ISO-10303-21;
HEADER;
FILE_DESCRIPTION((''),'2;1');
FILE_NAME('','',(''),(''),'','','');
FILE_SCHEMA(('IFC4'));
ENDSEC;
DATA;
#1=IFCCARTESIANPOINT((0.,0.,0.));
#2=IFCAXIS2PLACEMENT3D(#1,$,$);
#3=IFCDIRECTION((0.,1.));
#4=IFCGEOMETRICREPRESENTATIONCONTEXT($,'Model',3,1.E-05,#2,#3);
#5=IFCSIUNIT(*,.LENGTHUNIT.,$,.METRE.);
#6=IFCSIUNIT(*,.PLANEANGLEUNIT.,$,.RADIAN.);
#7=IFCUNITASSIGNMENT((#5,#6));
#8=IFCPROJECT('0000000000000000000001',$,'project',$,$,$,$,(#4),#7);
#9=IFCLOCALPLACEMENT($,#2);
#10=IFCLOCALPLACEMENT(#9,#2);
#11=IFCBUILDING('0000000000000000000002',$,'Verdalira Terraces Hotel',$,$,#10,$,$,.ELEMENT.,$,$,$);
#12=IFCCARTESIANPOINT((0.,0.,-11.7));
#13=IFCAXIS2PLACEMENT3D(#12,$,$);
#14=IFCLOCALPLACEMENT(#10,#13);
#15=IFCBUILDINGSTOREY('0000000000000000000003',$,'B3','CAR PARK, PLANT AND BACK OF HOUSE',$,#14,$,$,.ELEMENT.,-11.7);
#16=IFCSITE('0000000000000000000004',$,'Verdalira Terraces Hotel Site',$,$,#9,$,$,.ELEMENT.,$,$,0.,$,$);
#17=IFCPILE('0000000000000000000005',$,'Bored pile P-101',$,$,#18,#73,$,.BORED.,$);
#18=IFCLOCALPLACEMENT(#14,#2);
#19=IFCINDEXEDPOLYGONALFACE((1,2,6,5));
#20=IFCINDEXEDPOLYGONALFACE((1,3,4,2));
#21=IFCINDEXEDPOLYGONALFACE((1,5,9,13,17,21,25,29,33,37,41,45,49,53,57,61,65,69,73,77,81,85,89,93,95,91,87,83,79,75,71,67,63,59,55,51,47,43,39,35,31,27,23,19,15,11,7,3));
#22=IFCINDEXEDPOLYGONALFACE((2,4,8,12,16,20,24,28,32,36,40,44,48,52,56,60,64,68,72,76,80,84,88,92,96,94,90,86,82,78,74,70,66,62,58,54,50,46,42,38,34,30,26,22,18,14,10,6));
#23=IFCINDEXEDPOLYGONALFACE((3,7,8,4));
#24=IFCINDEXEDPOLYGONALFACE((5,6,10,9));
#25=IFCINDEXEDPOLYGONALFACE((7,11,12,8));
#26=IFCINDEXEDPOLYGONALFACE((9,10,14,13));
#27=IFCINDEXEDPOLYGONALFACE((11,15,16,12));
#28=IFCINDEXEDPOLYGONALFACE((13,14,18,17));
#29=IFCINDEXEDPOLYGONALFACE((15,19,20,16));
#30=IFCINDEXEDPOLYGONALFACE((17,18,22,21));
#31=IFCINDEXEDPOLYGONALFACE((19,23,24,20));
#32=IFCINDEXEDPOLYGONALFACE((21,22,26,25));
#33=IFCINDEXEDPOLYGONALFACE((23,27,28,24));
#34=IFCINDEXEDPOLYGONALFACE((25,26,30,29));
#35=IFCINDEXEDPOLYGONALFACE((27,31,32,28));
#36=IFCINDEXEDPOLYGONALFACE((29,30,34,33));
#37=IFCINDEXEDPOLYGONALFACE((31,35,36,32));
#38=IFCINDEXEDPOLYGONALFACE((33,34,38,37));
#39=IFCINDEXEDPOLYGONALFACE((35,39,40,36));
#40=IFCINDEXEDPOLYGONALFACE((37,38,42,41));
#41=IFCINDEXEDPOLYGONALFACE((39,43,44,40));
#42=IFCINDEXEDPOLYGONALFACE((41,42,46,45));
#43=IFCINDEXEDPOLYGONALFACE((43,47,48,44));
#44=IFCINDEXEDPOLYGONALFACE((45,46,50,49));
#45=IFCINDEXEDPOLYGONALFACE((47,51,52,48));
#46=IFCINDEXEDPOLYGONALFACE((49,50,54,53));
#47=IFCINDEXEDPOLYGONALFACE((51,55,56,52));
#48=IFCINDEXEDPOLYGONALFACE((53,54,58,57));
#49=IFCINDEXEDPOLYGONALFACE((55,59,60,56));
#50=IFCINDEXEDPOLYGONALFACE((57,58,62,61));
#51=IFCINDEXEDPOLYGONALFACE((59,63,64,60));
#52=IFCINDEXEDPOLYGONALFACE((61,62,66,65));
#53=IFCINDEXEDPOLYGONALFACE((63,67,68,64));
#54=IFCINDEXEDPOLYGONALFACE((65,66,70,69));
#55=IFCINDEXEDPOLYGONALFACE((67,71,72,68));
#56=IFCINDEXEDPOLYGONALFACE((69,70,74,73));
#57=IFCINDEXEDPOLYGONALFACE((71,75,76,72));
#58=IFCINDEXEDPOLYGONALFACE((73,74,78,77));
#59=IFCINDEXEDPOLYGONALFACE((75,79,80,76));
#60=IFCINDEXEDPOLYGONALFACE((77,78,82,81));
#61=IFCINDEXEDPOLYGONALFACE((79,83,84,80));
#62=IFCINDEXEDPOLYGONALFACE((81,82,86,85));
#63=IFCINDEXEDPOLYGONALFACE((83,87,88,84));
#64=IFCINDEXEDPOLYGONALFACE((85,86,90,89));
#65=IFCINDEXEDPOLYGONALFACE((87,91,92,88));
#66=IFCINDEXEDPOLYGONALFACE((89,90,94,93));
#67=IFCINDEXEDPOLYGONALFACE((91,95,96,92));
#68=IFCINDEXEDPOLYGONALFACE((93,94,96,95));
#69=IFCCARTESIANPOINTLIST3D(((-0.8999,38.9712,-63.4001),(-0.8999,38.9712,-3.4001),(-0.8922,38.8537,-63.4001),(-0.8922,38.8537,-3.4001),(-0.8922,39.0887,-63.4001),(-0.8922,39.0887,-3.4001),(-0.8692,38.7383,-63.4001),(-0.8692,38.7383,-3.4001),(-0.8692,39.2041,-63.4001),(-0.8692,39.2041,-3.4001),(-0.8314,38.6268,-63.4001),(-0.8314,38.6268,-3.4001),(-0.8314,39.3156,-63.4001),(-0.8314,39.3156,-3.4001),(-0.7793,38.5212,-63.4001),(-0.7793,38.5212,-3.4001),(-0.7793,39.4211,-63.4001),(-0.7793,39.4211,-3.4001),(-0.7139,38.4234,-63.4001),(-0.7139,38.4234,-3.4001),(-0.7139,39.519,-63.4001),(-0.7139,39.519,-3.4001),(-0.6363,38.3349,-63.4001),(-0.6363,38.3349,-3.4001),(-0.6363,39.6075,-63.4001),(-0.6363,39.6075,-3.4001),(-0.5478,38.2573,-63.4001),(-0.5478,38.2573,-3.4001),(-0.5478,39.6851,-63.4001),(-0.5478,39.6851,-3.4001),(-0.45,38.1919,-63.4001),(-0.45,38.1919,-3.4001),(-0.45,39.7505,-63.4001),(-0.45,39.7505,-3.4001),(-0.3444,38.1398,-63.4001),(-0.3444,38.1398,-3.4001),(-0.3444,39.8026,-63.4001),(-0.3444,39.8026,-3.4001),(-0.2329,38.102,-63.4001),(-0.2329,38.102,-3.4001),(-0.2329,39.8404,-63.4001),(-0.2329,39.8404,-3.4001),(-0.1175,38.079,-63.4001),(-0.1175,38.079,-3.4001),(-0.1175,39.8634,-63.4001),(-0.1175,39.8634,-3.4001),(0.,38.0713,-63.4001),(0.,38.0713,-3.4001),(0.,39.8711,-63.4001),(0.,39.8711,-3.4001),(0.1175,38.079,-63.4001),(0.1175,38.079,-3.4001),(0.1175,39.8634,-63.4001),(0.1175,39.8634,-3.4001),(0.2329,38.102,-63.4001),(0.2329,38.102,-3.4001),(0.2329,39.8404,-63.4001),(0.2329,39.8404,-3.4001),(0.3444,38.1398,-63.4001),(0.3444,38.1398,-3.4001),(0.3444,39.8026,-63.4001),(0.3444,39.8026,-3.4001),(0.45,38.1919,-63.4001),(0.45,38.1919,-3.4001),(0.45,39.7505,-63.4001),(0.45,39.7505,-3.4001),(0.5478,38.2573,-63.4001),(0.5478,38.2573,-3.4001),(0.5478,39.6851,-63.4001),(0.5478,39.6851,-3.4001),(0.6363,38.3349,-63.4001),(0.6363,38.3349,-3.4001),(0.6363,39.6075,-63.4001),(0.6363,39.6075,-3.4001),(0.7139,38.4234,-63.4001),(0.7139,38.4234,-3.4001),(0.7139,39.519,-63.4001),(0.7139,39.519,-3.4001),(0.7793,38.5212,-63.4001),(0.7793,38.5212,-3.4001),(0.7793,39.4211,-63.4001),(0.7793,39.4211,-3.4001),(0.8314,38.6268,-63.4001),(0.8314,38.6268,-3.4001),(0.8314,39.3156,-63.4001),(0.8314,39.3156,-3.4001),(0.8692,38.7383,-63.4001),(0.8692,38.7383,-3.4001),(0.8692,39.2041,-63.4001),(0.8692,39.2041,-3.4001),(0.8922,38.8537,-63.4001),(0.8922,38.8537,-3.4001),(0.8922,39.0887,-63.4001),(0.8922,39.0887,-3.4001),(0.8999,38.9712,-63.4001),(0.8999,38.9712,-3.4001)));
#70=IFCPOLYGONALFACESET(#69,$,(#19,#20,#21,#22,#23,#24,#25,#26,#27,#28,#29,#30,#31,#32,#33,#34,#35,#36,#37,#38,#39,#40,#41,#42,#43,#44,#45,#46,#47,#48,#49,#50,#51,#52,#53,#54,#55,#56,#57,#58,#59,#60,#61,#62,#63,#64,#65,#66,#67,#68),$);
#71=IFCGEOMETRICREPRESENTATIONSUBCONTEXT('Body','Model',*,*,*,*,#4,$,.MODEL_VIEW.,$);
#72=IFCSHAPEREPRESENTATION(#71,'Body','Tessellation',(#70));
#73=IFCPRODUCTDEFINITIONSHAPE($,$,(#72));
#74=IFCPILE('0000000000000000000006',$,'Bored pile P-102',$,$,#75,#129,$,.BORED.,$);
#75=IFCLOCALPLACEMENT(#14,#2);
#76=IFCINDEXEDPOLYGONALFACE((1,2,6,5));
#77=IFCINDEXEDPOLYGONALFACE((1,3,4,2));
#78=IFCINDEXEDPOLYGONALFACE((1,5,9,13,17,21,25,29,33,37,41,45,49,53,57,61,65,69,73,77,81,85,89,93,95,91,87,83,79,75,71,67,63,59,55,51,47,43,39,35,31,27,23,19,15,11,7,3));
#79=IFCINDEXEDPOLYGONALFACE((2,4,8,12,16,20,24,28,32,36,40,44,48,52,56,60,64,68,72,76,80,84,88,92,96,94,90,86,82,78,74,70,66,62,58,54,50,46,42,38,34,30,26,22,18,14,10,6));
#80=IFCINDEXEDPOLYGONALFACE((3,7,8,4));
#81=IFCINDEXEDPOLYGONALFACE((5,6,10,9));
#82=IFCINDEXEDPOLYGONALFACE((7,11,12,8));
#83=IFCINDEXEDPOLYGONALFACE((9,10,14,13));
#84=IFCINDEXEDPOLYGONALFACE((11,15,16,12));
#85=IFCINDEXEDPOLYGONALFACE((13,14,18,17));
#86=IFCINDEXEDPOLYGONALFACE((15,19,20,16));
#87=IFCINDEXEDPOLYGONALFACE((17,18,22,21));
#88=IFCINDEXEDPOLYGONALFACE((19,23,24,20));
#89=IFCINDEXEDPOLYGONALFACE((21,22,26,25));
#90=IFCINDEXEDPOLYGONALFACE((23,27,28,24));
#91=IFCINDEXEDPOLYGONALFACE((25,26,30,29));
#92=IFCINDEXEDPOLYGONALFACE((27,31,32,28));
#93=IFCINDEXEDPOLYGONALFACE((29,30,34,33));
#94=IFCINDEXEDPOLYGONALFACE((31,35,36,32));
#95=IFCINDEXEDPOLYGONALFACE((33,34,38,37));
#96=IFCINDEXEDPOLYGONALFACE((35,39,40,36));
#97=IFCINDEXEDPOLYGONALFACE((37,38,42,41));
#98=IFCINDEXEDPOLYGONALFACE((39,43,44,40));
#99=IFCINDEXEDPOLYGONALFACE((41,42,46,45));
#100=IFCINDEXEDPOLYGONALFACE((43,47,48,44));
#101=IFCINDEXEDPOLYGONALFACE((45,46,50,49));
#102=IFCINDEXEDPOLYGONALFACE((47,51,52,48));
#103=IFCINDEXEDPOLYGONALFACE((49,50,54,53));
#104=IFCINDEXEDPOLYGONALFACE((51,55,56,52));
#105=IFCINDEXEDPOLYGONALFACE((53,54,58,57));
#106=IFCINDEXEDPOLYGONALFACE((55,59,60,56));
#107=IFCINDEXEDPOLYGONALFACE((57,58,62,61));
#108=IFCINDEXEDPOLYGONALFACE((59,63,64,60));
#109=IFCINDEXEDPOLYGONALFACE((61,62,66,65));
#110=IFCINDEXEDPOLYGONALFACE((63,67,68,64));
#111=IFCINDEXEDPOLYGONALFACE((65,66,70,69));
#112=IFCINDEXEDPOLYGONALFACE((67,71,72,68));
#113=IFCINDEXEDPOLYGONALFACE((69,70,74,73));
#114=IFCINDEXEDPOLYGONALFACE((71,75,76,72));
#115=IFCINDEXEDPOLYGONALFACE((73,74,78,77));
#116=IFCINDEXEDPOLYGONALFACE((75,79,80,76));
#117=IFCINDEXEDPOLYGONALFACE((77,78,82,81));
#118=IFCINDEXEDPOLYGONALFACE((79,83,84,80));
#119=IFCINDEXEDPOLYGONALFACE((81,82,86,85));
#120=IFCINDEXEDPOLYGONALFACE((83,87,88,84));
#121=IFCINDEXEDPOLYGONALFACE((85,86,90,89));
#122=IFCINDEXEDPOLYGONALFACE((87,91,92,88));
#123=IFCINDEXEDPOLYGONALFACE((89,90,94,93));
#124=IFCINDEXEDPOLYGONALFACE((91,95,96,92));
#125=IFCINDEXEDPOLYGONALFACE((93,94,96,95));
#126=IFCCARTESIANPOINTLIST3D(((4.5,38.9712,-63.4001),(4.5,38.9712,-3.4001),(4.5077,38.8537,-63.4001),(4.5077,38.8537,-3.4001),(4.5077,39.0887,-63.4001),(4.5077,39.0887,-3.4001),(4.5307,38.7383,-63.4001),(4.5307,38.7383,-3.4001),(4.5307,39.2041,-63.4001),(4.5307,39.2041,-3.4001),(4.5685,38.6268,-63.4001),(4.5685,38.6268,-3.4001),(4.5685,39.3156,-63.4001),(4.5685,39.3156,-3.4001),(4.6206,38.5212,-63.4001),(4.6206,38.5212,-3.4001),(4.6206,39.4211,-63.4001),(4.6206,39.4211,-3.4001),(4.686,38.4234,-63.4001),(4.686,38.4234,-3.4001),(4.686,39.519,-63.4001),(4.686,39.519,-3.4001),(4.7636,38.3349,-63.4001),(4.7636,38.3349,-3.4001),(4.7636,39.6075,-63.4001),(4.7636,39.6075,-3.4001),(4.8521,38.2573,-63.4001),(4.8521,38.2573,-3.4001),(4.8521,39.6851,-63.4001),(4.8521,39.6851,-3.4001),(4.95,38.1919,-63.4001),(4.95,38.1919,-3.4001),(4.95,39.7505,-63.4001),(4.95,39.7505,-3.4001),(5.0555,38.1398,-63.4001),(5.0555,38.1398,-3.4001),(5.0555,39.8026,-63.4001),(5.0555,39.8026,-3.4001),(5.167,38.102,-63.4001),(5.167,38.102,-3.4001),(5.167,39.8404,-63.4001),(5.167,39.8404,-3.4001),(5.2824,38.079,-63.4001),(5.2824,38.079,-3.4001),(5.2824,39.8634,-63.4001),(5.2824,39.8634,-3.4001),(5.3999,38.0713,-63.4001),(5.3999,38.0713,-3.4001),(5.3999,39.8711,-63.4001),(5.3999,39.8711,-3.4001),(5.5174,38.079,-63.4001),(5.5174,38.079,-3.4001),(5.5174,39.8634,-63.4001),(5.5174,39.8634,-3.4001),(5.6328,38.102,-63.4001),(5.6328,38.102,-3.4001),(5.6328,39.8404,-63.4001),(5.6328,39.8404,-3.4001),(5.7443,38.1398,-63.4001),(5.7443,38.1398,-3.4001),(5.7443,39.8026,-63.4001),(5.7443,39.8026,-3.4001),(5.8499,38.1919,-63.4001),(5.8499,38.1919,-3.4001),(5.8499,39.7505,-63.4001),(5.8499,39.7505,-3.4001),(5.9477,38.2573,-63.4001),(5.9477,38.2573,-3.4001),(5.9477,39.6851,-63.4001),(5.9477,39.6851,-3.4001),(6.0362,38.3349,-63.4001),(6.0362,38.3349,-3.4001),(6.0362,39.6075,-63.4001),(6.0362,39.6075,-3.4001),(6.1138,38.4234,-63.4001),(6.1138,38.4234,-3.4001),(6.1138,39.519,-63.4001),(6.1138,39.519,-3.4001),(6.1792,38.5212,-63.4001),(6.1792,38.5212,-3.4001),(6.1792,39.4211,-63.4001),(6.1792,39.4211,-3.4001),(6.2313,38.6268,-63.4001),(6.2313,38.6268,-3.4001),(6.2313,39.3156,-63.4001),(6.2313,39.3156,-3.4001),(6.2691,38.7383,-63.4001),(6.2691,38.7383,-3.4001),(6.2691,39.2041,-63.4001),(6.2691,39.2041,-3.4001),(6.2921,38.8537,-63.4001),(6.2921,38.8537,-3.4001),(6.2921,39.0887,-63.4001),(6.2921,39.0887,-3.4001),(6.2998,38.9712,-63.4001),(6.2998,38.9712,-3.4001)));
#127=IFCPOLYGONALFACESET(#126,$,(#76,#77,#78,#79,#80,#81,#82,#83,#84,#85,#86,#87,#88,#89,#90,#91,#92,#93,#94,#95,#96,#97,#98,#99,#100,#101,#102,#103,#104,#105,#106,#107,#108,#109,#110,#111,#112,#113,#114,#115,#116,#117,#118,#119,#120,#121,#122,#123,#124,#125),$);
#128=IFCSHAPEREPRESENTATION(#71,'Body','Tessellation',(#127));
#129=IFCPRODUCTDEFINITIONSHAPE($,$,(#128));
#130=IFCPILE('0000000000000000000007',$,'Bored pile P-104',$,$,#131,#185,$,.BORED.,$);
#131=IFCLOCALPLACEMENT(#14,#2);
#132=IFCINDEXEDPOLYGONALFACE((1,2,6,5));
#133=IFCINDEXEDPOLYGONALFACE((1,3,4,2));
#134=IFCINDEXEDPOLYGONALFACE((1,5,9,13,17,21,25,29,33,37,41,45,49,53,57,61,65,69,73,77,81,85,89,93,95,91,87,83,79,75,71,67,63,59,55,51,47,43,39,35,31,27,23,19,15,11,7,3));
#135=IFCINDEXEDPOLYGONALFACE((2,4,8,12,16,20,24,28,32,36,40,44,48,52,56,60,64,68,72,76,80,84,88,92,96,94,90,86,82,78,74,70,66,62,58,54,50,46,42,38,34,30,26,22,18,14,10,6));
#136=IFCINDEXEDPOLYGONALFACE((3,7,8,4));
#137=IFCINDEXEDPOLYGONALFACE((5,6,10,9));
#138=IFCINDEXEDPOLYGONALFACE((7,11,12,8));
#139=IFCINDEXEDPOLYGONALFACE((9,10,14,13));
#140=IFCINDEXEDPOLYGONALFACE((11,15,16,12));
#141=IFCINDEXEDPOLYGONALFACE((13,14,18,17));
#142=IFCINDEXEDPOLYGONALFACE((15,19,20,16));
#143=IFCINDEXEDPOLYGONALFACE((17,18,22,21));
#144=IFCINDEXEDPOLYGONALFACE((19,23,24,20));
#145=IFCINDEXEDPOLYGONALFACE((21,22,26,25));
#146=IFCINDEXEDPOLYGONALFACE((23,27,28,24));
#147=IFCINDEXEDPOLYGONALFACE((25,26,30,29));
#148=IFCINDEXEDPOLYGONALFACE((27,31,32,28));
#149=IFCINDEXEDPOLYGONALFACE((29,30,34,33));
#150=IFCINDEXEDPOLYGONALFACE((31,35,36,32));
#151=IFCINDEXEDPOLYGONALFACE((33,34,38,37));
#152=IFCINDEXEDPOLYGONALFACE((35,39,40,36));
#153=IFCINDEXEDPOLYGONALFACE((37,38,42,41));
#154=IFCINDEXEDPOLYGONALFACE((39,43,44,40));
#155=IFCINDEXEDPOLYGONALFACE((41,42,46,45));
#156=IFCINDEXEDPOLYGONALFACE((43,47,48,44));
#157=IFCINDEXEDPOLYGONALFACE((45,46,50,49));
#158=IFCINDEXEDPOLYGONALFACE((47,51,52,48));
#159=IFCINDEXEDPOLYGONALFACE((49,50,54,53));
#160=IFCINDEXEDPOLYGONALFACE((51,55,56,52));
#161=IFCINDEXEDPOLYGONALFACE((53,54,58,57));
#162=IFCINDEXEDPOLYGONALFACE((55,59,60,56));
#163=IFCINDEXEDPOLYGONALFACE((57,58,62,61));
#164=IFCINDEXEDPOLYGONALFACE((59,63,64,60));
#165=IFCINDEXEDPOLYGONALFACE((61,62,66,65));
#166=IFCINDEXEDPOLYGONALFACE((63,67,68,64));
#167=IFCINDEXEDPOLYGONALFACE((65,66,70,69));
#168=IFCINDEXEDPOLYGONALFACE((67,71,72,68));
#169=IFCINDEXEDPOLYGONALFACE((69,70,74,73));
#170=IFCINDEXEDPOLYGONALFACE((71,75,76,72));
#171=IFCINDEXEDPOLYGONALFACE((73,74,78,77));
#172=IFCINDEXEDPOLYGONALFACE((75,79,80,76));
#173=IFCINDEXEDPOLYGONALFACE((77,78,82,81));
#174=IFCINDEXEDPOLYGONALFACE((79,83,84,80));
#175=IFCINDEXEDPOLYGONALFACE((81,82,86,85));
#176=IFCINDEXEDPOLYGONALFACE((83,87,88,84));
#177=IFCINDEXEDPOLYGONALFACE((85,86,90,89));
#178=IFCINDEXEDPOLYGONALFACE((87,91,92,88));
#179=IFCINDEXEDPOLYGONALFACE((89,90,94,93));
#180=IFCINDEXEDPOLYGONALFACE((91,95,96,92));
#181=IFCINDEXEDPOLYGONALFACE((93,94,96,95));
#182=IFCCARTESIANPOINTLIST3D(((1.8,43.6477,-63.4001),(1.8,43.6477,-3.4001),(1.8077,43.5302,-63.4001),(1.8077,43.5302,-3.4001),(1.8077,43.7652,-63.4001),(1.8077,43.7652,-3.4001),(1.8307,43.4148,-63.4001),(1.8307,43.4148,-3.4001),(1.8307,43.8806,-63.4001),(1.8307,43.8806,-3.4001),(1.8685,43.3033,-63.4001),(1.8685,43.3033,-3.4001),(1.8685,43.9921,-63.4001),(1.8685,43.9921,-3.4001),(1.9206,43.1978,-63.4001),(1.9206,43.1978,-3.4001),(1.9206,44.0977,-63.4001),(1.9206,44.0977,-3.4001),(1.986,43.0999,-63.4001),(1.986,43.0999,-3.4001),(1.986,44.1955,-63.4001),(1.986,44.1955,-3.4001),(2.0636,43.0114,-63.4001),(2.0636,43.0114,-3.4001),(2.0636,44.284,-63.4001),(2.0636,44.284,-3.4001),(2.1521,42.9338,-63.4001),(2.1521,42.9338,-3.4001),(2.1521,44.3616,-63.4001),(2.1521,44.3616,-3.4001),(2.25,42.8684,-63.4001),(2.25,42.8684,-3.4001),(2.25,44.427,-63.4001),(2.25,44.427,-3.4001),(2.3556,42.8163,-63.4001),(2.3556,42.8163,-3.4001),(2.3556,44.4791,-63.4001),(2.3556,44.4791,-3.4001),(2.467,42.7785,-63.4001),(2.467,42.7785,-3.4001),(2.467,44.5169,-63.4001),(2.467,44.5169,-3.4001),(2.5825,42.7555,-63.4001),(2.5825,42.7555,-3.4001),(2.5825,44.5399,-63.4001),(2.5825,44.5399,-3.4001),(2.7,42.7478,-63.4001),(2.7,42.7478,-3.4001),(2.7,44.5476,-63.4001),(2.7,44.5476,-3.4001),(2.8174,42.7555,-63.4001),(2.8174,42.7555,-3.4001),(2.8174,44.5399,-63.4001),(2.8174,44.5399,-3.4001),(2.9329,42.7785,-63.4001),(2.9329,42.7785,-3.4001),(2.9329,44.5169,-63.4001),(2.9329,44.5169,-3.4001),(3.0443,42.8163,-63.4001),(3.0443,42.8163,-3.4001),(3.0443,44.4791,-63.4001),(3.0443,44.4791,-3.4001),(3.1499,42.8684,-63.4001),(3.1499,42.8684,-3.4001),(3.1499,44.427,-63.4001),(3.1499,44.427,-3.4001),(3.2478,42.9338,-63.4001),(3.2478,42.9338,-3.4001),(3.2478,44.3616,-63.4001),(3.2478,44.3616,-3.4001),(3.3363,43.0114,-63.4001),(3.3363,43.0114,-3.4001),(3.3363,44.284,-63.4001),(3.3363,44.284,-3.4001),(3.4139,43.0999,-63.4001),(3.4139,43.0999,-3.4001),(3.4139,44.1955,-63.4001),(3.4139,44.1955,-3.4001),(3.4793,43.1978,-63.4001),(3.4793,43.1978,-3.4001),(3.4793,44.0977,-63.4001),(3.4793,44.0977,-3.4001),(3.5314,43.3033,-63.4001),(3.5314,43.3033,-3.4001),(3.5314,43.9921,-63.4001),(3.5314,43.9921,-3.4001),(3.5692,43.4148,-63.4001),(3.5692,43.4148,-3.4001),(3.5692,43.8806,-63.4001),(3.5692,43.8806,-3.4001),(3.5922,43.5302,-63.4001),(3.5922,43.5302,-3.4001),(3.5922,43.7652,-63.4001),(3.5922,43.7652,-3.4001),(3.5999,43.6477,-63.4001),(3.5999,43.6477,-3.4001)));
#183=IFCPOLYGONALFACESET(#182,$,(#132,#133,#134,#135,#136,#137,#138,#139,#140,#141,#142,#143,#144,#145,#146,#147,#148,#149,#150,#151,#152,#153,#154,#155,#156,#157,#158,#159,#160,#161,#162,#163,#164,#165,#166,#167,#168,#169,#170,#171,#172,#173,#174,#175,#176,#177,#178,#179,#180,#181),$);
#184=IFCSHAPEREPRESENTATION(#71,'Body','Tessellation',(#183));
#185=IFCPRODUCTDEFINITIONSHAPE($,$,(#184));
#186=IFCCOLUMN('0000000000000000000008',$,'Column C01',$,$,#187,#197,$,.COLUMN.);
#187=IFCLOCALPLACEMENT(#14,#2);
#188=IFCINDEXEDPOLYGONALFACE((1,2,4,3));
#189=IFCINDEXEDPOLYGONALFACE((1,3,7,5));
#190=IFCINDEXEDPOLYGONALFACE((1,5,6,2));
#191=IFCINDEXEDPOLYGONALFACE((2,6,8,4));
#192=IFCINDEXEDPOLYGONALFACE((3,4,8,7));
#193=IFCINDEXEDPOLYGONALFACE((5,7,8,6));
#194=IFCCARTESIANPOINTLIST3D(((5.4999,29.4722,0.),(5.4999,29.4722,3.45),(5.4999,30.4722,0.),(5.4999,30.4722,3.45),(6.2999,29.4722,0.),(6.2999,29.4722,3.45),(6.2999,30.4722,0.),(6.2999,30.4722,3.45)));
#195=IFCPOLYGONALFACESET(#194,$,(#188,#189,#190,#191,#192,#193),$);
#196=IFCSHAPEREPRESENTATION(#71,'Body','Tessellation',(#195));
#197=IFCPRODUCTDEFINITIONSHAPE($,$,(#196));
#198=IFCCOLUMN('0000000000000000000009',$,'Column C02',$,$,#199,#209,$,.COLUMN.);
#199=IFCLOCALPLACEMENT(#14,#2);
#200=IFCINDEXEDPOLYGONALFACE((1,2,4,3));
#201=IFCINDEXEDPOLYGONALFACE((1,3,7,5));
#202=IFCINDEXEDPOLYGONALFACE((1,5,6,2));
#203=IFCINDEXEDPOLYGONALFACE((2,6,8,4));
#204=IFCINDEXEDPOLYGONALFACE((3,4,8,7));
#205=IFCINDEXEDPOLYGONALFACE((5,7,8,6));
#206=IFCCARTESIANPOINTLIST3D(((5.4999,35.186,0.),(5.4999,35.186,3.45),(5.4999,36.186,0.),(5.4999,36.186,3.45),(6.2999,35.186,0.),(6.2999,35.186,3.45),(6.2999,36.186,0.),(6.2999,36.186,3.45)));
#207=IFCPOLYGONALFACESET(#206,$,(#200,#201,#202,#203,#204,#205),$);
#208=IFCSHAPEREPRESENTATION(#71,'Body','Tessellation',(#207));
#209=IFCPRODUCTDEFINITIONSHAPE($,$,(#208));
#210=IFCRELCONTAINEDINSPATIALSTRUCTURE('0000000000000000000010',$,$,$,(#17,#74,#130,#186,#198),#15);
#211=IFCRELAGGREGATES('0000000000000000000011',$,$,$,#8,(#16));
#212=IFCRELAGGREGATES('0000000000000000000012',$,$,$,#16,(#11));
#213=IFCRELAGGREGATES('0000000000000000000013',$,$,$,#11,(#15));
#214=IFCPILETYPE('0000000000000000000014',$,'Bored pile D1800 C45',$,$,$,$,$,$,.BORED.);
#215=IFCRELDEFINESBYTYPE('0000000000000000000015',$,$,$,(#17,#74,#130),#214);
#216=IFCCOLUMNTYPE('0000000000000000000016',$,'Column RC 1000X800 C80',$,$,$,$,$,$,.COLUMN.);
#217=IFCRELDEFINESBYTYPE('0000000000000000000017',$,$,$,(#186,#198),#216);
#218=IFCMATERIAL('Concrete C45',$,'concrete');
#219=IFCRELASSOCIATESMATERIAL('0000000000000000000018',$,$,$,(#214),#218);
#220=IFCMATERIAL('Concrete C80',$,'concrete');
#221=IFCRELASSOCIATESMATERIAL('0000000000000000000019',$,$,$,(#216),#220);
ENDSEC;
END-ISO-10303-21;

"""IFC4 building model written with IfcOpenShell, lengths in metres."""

from ifc_helpers import new_model, si_unit, direction, frame, origin, origin_2d, place, context, subcontext, project, spatial, rectangle, circle, extrude, material, material_profile, profile_set, type_object, element, save


model = new_model("IFC4")

# Units and contexts
model_context = context("Model", 3, precision=1e-05, world=origin(), true_north=direction((0.0, 1.0)))
body_context = subcontext(model_context, "Body", "Model", "MODEL_VIEW")
ifc_project = project(units=[si_unit("LENGTHUNIT", "METRE"), si_unit("PLANEANGLEUNIT", "RADIAN")], contexts=[model_context])

# Site, building, storey
site_placement = place(None, origin())
site = spatial("IfcSite", under=ifc_project, at=site_placement, Name="Verdalira Terraces Hotel Site", CompositionType="ELEMENT", RefElevation=0.0)
building_placement = place(site_placement, origin())
building = spatial("IfcBuilding", under=site, at=building_placement, Name="Verdalira Terraces Hotel", CompositionType="ELEMENT")
storey_placement = place(building_placement, frame((0.0, 0.0, -11.7)))
storey = spatial("IfcBuildingStorey", under=building, at=storey_placement, Name="B3", Description="CAR PARK, PLANT AND BACK OF HOUSE", CompositionType="ELEMENT", Elevation=-11.7)

# Piles
ifc_material_1 = material(Name="Concrete C45", Category="concrete")
ifc_material_profile_1 = material_profile(ifc_material_1, circle(Radius=0.8999, at=origin_2d()), Name="D1800")
ifc_profile_set_1 = profile_set([ifc_material_profile_1], Name="Concrete C45")
pile_type = type_object("IfcPileType", Name="Bored pile D1800 C45", PredefinedType="BORED", material=ifc_profile_set_1)
for number, where, z_axis, x_axis, name in (
    (1, (0.0, 38.9712, -3.4001), (0.0, 0.0, -1.0), (1.0, 0.0, 0.0), "Bored pile P-101"),
    (2, (5.3999, 38.9712, -3.4001), (0.0, 0.0, -1.0), (1.0, 0.0, 0.0), "Bored pile P-102"),
    (3, (2.7, 43.6477, -3.4001), (0.0, 0.0, -1.0), (1.0, 0.0, 0.0), "Bored pile P-104"),
):
    element("IfcPile", number, at=place(storey_placement, frame(where, z_axis=z_axis, x_axis=x_axis)), inside=storey, type_object=pile_type, Name=name, PredefinedType="BORED", context=body_context, shape_type="SweptSolid", body=[
        extrude(circle(Radius=0.8999, at=origin_2d()), origin(), (0.0, 0.0, 1.0), 60.0),
    ])

# Columns
ifc_material_2 = material(Name="Concrete C80", Category="concrete")
ifc_material_profile_2 = material_profile(ifc_material_2, rectangle(XDim=1.0, YDim=0.8, at=origin_2d()), Name="RC 1000X800")
ifc_profile_set_2 = profile_set([ifc_material_profile_2], Name="Concrete C80")
column_type_1 = type_object("IfcColumnType", Name="Column RC 1000X800 C80", PredefinedType="COLUMN", material=ifc_profile_set_2)
for number, where, z_axis, x_axis, name in (
    (4, (5.8999, 29.9722, 0.0), (0.0, 0.0, 1.0), (0.0, 1.0, 0.0), "Column C01"),
    (5, (5.8999, 35.686, 0.0), (0.0, 0.0, 1.0), (0.0, 1.0, 0.0), "Column C02"),
):
    element("IfcColumn", number, at=place(storey_placement, frame(where, z_axis=z_axis, x_axis=x_axis)), inside=storey, type_object=column_type_1, Name=name, PredefinedType="COLUMN", context=body_context, shape_type="SweptSolid", body=[
        extrude(rectangle(XDim=1.0, YDim=0.8, at=origin_2d()), origin(), (0.0, 0.0, 1.0), 3.45),
    ])

save(model, "model.ifc")
